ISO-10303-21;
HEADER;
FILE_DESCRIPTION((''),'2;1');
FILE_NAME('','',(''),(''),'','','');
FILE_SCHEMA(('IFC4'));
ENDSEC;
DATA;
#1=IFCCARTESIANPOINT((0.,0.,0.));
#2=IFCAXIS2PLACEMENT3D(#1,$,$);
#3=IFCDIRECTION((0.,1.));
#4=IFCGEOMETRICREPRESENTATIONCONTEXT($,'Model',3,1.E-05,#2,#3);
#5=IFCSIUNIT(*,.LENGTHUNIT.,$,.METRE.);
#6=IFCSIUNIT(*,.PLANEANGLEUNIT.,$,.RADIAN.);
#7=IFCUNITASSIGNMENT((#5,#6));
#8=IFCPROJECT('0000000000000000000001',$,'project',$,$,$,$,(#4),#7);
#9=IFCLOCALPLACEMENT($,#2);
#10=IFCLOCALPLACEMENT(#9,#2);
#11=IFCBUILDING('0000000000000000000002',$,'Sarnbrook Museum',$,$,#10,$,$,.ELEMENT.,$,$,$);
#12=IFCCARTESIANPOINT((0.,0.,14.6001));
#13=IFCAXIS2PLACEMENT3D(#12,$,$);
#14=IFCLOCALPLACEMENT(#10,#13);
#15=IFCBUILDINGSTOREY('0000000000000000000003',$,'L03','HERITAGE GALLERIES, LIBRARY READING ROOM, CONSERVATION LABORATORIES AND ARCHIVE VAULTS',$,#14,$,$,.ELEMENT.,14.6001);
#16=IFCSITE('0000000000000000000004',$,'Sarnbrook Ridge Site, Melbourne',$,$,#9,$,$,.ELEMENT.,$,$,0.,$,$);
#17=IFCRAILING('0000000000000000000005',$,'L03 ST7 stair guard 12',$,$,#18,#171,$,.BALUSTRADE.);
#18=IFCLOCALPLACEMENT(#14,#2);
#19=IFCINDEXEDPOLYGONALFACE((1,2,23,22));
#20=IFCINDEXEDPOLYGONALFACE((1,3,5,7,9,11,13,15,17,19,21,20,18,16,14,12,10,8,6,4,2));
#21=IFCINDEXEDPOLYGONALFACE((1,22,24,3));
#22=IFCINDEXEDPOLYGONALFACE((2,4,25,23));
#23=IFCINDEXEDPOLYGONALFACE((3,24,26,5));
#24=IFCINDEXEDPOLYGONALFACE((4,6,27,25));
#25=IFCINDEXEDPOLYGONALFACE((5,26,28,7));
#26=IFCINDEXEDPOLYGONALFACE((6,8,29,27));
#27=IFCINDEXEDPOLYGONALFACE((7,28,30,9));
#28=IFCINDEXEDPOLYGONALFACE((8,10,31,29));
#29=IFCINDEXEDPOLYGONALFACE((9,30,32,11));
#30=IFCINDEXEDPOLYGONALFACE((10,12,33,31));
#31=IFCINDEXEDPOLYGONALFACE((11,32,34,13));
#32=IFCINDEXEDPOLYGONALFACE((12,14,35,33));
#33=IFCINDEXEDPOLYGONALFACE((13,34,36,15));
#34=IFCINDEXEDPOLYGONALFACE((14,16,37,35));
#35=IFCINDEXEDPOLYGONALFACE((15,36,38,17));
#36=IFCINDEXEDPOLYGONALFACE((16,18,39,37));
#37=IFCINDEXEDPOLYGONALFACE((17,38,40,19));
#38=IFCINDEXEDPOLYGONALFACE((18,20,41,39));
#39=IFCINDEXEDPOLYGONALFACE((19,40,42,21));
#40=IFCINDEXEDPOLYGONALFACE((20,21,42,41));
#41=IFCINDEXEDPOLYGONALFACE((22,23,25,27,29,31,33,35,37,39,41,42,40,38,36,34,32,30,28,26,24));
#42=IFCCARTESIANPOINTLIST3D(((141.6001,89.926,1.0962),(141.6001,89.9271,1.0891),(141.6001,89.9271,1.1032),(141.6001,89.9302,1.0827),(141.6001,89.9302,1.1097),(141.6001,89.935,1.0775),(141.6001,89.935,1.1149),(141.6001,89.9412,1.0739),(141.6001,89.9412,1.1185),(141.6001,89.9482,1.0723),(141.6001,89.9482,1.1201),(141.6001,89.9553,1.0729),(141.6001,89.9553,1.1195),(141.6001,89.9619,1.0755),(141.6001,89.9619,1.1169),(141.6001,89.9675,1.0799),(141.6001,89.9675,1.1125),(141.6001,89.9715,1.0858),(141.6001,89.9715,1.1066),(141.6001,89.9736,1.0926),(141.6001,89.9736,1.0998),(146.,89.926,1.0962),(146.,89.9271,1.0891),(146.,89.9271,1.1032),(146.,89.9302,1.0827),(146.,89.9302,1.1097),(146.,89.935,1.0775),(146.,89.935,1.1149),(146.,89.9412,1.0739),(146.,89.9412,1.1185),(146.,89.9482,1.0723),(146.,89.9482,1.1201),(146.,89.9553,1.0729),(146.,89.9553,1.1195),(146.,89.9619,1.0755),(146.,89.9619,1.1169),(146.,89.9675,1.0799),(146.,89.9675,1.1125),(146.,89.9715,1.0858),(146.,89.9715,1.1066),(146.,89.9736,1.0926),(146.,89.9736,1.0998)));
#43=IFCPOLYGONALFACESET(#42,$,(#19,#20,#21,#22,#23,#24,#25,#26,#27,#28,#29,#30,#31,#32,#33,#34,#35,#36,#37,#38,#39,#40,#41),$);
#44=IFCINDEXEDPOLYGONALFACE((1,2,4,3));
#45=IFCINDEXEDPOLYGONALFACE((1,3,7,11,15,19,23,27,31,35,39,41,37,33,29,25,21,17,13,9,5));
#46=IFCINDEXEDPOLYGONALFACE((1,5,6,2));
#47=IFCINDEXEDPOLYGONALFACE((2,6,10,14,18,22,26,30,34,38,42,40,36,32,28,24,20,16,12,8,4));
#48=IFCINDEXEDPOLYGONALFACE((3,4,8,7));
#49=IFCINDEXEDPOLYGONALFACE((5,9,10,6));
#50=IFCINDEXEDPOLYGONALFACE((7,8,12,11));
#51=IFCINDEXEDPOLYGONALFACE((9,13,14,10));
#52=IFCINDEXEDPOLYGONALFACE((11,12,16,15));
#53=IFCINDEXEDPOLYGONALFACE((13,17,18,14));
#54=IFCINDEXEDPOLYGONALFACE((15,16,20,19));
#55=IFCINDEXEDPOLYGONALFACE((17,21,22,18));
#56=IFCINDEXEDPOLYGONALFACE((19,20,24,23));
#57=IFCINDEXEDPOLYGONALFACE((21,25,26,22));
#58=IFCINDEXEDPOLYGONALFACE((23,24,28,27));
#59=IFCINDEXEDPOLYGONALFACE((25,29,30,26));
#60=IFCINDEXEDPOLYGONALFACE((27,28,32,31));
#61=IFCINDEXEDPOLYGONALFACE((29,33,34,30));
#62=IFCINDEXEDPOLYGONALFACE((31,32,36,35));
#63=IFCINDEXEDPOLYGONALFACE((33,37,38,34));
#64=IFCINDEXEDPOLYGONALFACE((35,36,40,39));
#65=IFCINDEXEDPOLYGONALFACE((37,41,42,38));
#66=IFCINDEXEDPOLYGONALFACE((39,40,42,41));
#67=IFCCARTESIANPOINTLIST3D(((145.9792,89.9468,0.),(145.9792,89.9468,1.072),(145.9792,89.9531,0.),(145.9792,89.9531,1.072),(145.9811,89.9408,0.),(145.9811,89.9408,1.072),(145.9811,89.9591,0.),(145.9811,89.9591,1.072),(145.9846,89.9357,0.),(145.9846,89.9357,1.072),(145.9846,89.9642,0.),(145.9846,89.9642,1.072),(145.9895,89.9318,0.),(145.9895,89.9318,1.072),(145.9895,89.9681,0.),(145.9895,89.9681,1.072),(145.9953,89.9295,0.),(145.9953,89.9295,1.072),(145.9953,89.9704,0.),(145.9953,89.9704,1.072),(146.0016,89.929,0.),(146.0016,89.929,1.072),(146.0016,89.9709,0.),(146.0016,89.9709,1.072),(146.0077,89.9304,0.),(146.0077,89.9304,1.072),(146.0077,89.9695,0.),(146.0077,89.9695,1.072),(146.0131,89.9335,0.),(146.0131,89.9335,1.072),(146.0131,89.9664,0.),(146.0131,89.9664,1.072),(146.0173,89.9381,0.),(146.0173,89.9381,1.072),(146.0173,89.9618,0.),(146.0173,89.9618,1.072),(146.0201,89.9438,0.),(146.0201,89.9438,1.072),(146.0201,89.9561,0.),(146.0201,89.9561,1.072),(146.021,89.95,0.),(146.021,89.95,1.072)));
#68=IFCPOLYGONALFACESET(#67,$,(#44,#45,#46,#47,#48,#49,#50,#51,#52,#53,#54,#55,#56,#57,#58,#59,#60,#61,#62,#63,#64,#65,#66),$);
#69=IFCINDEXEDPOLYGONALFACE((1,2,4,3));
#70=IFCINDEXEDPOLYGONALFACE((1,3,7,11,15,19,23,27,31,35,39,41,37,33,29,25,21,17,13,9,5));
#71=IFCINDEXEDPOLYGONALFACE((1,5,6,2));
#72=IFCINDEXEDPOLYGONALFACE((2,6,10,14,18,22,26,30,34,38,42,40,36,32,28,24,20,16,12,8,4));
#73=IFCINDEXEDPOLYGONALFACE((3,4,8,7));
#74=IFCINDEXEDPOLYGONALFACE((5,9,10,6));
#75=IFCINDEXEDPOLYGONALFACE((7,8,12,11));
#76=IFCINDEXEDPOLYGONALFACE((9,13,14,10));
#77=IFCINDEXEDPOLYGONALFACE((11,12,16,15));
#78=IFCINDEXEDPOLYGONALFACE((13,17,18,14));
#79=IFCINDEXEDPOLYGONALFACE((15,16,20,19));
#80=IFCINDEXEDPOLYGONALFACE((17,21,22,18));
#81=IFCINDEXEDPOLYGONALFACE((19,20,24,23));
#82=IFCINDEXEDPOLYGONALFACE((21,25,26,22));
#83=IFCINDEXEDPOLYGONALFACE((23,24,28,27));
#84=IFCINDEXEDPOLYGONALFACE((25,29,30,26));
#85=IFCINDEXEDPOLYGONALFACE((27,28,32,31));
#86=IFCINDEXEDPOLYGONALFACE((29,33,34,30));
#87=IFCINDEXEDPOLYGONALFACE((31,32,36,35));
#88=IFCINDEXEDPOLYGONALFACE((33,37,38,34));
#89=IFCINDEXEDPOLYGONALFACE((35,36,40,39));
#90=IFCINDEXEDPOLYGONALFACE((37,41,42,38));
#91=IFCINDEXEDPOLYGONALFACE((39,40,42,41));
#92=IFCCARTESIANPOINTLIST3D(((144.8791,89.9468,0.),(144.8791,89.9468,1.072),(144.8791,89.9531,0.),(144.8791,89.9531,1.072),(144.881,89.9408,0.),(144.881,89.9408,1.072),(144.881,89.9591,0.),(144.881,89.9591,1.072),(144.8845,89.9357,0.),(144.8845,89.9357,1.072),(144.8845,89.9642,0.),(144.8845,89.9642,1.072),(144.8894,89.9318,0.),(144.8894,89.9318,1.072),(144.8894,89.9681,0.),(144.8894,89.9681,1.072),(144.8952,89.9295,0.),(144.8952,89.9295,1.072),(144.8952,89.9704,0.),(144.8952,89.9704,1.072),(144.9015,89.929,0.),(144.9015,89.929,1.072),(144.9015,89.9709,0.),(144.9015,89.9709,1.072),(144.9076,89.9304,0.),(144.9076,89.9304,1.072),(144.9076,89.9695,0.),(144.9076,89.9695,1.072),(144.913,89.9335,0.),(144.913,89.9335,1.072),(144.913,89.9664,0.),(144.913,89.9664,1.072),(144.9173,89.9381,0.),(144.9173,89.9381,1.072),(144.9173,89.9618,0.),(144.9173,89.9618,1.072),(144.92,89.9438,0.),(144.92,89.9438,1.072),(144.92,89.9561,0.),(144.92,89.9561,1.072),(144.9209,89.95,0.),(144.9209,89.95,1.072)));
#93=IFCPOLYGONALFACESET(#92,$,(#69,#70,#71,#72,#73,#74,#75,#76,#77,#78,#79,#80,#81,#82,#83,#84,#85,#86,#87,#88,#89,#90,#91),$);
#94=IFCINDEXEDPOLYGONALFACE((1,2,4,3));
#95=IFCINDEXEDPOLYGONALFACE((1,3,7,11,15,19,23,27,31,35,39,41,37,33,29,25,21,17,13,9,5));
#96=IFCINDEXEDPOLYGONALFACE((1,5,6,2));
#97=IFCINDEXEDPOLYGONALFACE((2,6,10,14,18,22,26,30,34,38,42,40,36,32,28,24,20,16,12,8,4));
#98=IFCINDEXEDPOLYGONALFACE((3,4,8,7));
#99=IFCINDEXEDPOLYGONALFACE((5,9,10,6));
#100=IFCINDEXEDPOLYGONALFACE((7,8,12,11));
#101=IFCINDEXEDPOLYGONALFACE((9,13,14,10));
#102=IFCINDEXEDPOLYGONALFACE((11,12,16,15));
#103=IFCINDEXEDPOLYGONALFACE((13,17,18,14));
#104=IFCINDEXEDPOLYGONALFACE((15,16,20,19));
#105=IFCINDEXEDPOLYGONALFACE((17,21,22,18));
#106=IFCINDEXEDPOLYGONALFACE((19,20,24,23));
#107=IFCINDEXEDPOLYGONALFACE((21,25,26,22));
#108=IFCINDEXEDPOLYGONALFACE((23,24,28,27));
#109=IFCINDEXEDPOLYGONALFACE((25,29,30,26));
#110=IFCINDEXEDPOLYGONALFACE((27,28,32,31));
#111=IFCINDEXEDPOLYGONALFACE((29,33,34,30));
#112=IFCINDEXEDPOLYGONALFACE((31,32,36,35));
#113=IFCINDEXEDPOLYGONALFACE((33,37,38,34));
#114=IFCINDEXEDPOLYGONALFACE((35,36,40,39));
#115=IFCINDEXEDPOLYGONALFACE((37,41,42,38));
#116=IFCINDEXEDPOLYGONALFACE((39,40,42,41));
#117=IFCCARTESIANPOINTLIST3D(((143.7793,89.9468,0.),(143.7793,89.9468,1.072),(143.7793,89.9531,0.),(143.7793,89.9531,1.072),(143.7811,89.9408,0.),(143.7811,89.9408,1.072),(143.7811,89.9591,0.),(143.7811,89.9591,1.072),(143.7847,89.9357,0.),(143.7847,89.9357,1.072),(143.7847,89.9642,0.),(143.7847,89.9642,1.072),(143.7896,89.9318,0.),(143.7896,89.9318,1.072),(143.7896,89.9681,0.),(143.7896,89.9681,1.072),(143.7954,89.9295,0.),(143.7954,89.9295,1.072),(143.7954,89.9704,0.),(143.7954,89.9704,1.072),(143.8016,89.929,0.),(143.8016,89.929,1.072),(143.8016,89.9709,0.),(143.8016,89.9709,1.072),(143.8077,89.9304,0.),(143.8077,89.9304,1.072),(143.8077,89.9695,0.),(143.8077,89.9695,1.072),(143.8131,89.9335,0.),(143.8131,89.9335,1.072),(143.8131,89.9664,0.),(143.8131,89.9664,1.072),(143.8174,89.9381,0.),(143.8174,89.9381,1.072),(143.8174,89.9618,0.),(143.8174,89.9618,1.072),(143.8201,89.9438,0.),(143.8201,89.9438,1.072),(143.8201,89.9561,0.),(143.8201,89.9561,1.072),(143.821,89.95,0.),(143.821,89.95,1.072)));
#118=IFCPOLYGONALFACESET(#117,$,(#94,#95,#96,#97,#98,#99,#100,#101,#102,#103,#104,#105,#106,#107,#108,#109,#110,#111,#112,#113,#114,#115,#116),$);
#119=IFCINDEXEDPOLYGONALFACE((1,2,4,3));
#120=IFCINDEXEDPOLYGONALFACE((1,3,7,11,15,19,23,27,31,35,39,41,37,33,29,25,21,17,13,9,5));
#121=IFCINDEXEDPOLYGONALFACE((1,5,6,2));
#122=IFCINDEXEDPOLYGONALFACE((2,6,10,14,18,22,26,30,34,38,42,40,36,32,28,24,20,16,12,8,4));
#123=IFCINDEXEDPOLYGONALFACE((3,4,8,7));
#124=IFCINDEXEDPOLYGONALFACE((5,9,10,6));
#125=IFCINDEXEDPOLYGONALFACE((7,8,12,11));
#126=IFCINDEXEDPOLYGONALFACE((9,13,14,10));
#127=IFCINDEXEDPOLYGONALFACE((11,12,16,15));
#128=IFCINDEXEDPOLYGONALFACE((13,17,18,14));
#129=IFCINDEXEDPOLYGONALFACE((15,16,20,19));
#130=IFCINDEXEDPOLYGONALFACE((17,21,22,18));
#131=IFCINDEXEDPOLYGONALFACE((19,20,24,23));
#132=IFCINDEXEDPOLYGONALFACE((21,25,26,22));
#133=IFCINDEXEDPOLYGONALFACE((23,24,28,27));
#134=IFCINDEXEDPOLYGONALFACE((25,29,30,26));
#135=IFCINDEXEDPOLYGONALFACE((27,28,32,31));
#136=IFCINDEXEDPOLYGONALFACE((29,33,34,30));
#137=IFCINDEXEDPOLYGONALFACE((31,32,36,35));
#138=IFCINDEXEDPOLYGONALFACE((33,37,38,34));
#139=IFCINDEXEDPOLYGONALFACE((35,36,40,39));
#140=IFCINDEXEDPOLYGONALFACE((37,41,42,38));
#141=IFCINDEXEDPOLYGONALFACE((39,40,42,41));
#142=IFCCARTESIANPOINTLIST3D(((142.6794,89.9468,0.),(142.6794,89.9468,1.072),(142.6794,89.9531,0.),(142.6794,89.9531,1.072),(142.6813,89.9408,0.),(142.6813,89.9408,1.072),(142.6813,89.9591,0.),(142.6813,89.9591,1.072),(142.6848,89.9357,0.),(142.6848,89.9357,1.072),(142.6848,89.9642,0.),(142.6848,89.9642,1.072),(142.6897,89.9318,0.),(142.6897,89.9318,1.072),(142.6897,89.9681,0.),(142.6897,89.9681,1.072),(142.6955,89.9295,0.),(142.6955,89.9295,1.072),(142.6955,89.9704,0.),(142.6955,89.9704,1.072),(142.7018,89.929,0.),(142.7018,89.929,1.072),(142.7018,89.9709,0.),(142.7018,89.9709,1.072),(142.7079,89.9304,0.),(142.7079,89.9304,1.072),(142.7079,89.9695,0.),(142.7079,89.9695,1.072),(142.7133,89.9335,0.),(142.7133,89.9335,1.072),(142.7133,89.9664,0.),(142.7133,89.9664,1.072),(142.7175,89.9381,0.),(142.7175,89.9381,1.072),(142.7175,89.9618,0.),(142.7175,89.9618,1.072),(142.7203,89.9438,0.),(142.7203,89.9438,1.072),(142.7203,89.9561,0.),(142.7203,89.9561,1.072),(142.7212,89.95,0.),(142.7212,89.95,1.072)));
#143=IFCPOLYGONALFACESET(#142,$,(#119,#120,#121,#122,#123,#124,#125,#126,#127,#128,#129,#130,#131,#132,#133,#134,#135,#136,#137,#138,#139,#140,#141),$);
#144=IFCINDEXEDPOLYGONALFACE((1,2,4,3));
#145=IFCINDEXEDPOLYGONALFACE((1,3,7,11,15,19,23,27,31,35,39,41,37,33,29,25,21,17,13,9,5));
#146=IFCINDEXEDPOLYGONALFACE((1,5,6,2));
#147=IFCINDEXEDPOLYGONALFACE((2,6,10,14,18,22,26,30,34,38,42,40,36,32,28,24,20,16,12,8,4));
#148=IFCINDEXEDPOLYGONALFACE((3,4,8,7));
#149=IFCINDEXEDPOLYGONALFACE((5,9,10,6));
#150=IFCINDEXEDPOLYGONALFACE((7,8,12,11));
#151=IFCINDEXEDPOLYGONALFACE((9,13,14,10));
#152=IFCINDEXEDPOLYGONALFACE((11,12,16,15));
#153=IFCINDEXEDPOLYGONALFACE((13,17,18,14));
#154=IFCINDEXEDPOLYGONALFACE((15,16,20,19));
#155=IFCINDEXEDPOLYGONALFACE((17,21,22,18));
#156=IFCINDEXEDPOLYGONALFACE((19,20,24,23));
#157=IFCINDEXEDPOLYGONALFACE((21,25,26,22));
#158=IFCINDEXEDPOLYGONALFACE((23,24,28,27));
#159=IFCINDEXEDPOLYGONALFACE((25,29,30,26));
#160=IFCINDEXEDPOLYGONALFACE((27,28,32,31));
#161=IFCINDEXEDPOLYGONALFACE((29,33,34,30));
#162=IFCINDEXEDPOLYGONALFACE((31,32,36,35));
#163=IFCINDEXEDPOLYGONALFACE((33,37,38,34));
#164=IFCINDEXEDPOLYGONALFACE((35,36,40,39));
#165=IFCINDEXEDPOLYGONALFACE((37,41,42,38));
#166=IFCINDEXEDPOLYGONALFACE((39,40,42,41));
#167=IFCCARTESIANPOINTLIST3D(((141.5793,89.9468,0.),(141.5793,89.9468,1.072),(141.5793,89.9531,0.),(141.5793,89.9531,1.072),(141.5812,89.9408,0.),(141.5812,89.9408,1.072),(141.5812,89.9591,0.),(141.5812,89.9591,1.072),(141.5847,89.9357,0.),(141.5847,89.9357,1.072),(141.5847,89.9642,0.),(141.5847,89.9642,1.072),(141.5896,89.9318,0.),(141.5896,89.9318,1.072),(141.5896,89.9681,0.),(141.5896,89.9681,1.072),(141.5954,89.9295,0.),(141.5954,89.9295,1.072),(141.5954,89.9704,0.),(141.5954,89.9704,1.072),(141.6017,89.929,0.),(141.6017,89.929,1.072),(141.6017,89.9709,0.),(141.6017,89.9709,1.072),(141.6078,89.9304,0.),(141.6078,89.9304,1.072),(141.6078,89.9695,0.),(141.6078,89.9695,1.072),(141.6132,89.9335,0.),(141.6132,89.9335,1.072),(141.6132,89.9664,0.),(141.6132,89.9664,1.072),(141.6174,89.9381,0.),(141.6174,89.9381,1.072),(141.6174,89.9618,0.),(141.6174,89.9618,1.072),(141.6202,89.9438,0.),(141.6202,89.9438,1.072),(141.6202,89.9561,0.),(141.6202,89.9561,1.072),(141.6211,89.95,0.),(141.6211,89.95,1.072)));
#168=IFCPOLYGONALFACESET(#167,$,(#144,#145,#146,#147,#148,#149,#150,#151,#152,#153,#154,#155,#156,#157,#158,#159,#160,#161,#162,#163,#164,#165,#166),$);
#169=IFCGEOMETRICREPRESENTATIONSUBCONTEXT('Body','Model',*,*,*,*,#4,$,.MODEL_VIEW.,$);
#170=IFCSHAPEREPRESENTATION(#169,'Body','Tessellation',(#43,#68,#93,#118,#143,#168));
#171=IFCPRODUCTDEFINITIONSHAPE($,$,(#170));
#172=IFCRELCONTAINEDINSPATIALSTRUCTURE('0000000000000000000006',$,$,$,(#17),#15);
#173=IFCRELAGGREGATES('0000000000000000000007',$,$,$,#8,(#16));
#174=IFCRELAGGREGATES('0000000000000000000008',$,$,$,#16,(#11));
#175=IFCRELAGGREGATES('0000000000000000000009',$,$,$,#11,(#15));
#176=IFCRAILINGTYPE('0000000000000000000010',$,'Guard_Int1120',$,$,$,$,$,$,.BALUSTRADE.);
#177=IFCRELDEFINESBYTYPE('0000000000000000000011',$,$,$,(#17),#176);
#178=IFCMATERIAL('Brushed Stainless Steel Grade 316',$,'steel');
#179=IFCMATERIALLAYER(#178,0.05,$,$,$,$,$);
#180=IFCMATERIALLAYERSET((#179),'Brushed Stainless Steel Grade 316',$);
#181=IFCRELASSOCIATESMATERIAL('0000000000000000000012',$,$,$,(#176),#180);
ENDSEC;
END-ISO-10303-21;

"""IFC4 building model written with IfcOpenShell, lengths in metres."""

from ifc_helpers import new_model, si_unit, direction, frame, origin, origin_2d, place, context, subcontext, project, spatial, circle, extrude, material, layer, layer_set, type_object, element, save


model = new_model("IFC4")

# Units and contexts
model_context = context("Model", 3, precision=1e-05, world=origin(), true_north=direction((0.0, 1.0)))
body_context = subcontext(model_context, "Body", "Model", "MODEL_VIEW")
ifc_project = project(units=[si_unit("LENGTHUNIT", "METRE"), si_unit("PLANEANGLEUNIT", "RADIAN")], contexts=[model_context])

# Site, building, storey
site_placement = place(None, origin())
site = spatial("IfcSite", under=ifc_project, at=site_placement, Name="Sarnbrook Ridge Site, Melbourne", CompositionType="ELEMENT", RefElevation=0.0)
building_placement = place(site_placement, origin())
building = spatial("IfcBuilding", under=site, at=building_placement, Name="Sarnbrook Museum", CompositionType="ELEMENT")
storey_placement = place(building_placement, frame((0.0, 0.0, 14.6001)))
storey = spatial("IfcBuildingStorey", under=building, at=storey_placement, Name="L03", Description="HERITAGE GALLERIES, LIBRARY READING ROOM, CONSERVATION LABORATORIES AND ARCHIVE VAULTS", CompositionType="ELEMENT", Elevation=14.6001)

# Railing
ifc_material_1 = material(Name="Brushed Stainless Steel Grade 316", Category="steel")
ifc_layer_1 = layer(ifc_material_1, 0.05)
ifc_layer_set_1 = layer_set([ifc_layer_1], Name="Brushed Stainless Steel Grade 316")
railing_type = type_object("IfcRailingType", Name="Guard_Int1120", PredefinedType="BALUSTRADE", material=ifc_layer_set_1)
railing_1_placement = place(storey_placement, frame((146.0, 89.95, 0.0)))
element("IfcRailing", 1, at=railing_1_placement, inside=storey, type_object=railing_type, Name="L03 ST7 stair guard 12", PredefinedType="BALUSTRADE", context=body_context, shape_type="SweptSolid", body=[
    extrude(circle(Radius=0.0239, at=origin_2d()), frame((0.0, 0.0, 1.0962), z_axis=(-1.0, 0.0, 0.0), x_axis=(0.0, -1.0, 0.0)), (0.0, 0.0, 1.0), 4.3999),
    extrude(circle(Radius=0.021, at=origin_2d()), origin(), (0.0, 0.0, 1.0), 1.072),
    extrude(circle(Radius=0.021, at=origin_2d()), frame((-1.1001, 0.0, 0.0)), (0.0, 0.0, 1.0), 1.072),
    extrude(circle(Radius=0.021, at=origin_2d()), frame((-2.2, 0.0, 0.0)), (0.0, 0.0, 1.0), 1.072),
    extrude(circle(Radius=0.021, at=origin_2d()), frame((-3.2998, 0.0, 0.0)), (0.0, 0.0, 1.0), 1.072),
    extrude(circle(Radius=0.021, at=origin_2d()), frame((-4.3999, 0.0, 0.0)), (0.0, 0.0, 1.0), 1.072),
])

save(model, "model.ifc")
